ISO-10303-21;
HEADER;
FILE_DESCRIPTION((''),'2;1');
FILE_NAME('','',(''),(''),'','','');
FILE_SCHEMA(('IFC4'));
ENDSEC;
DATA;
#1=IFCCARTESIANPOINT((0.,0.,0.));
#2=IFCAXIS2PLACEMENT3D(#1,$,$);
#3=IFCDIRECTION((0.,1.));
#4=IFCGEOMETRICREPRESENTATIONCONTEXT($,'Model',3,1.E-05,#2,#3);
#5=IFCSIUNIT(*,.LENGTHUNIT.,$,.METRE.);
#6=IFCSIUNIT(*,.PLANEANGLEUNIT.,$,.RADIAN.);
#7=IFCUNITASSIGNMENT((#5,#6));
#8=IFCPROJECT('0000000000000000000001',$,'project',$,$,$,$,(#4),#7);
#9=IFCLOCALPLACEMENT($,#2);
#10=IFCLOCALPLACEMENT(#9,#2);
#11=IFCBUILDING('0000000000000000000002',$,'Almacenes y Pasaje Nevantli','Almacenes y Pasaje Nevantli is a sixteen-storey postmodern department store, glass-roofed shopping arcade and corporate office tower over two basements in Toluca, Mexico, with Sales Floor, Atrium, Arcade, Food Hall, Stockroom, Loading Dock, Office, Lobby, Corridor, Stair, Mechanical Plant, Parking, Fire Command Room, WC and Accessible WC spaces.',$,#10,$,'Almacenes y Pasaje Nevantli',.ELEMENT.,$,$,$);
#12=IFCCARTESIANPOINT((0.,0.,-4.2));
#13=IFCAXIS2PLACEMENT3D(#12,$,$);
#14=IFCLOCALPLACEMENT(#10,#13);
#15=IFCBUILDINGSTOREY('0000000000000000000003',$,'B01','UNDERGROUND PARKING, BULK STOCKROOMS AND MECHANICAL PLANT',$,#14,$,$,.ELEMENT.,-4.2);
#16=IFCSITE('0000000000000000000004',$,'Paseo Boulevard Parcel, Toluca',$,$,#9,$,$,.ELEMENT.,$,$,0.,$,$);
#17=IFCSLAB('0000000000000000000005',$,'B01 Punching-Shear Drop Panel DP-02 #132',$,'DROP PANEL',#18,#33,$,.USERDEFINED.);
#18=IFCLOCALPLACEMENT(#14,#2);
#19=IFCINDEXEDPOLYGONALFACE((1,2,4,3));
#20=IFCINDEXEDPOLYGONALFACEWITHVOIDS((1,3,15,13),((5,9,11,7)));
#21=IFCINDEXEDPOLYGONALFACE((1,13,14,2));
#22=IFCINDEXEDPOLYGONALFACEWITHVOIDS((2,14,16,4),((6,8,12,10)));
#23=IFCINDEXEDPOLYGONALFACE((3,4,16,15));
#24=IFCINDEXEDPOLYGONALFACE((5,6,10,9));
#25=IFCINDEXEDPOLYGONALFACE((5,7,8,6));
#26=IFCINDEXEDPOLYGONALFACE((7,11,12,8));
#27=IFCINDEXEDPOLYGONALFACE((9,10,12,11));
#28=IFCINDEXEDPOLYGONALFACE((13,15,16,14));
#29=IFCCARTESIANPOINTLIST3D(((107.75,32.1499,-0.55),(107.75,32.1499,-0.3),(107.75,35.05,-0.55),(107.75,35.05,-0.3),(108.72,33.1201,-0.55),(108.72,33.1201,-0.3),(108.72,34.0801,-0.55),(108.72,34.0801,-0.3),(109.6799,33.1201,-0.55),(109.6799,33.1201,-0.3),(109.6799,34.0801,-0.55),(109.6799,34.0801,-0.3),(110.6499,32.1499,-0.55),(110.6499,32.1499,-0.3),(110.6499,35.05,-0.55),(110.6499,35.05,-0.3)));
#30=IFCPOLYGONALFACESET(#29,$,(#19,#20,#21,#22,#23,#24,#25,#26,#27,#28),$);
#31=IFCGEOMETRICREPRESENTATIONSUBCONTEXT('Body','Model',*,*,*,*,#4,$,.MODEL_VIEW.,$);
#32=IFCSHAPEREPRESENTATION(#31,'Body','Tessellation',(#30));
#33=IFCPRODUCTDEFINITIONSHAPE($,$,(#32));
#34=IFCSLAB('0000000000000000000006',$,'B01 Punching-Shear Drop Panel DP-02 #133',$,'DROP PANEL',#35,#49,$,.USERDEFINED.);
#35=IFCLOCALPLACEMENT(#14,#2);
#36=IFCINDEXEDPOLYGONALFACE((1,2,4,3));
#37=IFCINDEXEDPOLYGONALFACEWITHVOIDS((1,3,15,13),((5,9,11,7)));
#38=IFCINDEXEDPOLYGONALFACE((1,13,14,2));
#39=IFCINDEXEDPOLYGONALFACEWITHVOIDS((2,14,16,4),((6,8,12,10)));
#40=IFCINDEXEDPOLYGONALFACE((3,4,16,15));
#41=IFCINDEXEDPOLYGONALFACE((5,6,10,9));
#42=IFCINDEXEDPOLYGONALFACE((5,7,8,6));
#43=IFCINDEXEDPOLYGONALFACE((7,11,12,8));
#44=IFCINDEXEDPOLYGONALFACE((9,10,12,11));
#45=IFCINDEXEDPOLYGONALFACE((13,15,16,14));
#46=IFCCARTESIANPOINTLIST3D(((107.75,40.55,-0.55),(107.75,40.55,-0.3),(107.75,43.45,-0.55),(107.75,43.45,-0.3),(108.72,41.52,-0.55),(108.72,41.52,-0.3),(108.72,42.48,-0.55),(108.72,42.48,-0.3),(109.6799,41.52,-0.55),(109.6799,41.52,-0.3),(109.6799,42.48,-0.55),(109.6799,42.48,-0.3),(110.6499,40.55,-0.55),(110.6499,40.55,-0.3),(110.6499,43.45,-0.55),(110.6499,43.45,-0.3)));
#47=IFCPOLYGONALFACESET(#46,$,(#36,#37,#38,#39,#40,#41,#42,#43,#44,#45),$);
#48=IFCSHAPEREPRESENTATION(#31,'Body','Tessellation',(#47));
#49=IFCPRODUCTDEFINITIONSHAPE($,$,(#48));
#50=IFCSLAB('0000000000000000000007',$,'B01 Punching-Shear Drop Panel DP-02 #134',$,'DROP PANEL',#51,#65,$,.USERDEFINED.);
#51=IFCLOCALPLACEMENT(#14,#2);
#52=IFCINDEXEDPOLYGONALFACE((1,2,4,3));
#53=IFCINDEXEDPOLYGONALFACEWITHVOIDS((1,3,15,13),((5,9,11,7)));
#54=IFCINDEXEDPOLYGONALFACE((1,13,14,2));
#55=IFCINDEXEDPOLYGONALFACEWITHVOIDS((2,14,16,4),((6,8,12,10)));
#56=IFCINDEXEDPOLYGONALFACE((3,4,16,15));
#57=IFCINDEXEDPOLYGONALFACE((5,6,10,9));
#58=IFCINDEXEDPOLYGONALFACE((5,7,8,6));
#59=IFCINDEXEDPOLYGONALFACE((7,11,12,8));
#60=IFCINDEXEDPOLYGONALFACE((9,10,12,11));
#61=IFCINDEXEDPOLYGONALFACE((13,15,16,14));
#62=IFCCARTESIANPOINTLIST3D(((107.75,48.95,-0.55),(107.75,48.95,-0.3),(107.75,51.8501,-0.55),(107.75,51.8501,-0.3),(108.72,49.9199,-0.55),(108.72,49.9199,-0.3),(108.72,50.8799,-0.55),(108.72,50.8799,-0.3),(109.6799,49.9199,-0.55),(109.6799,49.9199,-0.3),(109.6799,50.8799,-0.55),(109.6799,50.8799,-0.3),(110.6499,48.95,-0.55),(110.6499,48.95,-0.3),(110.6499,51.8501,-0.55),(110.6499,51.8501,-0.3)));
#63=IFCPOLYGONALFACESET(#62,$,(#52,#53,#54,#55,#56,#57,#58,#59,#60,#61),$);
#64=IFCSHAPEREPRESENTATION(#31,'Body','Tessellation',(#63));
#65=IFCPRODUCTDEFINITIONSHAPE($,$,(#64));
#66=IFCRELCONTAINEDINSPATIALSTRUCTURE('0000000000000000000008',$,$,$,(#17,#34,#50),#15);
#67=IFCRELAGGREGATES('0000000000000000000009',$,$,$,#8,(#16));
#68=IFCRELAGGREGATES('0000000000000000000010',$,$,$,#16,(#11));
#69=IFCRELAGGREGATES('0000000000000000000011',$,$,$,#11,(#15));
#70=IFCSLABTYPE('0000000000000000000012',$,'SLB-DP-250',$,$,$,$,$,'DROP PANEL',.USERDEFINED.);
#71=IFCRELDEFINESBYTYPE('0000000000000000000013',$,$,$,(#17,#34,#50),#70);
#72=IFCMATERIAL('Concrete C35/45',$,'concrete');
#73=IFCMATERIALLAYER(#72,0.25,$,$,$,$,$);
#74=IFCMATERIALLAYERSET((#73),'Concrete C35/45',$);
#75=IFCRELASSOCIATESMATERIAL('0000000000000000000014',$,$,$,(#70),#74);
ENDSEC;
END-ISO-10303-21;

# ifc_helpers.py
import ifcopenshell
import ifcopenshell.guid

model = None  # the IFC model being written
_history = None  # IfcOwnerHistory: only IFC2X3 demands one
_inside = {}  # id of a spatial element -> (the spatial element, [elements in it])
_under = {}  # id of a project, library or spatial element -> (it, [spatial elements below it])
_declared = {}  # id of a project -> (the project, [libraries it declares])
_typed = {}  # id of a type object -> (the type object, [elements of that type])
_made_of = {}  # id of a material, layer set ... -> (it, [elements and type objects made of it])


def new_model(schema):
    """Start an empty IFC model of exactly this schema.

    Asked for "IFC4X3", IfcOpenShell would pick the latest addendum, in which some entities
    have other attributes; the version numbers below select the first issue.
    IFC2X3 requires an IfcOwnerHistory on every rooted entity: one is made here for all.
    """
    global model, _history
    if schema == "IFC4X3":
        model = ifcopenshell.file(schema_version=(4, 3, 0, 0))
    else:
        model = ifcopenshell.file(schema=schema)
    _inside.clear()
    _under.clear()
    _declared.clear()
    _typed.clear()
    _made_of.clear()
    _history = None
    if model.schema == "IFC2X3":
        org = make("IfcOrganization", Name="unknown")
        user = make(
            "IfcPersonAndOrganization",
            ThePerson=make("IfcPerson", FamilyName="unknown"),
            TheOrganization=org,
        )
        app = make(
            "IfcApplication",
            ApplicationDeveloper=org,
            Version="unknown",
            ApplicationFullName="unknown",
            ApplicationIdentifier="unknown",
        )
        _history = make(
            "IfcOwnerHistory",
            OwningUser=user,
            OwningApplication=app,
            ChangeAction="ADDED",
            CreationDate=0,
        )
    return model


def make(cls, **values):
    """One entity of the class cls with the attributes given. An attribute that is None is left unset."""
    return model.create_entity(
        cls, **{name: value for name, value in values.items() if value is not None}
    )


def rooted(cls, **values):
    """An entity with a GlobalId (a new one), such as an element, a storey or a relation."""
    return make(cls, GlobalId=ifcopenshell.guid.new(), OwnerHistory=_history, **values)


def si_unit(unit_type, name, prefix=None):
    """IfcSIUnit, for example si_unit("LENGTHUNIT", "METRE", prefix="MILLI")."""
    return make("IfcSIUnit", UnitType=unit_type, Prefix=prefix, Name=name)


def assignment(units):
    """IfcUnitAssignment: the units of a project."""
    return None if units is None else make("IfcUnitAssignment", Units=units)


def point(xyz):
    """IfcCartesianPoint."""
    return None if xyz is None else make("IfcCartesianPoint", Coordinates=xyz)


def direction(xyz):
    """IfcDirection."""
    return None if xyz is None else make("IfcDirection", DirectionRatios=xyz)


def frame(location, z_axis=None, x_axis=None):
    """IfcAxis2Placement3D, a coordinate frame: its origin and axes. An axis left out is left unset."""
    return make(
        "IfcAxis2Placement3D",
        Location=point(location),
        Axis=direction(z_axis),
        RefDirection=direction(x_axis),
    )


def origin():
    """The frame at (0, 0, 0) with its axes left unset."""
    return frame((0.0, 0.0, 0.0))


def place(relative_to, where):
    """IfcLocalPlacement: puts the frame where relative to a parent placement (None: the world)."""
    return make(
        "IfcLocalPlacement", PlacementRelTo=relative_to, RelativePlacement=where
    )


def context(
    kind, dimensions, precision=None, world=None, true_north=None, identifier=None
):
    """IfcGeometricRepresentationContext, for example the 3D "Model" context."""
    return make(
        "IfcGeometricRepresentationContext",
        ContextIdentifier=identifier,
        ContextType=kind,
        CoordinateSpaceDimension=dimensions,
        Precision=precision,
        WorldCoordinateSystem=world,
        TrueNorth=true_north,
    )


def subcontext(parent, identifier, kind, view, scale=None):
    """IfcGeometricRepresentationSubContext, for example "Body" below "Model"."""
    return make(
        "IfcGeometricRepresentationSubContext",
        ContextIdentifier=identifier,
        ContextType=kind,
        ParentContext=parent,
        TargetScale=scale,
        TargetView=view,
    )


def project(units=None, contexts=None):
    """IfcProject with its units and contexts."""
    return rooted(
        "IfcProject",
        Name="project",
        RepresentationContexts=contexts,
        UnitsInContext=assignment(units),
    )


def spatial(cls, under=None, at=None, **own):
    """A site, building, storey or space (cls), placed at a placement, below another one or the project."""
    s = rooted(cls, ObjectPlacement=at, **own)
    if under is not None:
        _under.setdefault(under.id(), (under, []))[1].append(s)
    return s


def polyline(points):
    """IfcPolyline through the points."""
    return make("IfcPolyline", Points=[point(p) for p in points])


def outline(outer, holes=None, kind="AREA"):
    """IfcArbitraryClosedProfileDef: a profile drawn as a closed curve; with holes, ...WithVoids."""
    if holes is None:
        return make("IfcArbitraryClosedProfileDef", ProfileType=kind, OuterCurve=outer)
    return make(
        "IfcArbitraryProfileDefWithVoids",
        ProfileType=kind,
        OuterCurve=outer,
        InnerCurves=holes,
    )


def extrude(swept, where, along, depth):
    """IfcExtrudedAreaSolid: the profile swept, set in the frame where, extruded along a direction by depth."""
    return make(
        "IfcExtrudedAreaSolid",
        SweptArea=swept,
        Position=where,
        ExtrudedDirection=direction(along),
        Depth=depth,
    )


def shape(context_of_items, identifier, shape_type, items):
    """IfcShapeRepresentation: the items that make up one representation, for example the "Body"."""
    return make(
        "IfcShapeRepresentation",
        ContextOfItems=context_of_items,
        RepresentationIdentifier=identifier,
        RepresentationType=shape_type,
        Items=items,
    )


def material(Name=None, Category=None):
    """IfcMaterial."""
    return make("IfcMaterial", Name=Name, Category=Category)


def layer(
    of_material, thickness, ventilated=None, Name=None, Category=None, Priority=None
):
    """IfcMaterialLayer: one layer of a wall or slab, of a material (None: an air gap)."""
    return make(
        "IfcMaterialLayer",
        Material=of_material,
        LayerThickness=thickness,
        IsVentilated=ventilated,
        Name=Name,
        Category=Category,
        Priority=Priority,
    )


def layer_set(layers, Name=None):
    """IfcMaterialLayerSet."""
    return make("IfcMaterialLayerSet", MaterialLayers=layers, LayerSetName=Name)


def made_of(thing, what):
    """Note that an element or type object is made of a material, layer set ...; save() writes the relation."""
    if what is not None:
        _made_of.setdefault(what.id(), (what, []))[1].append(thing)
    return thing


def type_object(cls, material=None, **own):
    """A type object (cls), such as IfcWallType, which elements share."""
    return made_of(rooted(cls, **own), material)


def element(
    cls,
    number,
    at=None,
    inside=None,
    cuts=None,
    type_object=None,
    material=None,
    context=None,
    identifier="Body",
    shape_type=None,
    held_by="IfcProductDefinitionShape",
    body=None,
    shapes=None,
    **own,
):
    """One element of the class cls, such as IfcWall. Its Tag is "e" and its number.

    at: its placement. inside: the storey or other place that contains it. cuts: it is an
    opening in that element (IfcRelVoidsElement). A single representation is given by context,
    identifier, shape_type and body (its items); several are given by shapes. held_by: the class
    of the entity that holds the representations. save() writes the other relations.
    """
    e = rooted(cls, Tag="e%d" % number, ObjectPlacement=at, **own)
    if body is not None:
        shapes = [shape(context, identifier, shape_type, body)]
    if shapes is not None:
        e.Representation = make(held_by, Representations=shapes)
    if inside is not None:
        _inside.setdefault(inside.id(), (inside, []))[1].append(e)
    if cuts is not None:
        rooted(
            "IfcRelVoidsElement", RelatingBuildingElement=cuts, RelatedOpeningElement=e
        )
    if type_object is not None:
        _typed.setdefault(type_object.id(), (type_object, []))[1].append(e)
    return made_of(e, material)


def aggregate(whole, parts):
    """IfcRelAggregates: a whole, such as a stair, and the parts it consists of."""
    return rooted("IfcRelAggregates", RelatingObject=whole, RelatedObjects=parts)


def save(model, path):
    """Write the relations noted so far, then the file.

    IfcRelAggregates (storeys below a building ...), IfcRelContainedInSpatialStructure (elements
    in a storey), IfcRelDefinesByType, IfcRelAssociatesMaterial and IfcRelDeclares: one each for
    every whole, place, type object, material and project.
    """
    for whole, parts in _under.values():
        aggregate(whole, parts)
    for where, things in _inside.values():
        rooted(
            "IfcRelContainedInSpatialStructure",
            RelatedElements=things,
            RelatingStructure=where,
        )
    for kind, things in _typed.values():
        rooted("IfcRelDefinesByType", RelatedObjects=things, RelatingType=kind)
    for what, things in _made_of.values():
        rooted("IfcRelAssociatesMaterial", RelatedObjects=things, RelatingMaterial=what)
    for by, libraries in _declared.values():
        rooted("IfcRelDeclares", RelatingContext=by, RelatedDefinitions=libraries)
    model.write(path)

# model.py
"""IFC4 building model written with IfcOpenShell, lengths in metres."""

from ifc_helpers import new_model, si_unit, direction, frame, origin, place, context, subcontext, project, spatial, polyline, outline, extrude, material, layer, layer_set, type_object, element, save


model = new_model("IFC4")

# Units and contexts
model_context = context("Model", 3, precision=1e-05, world=origin(), true_north=direction((0.0, 1.0)))
body_context = subcontext(model_context, "Body", "Model", "MODEL_VIEW")
ifc_project = project(units=[si_unit("LENGTHUNIT", "METRE"), si_unit("PLANEANGLEUNIT", "RADIAN")], contexts=[model_context])

# Site, building, storey
site_placement = place(None, origin())
site = spatial("IfcSite", under=ifc_project, at=site_placement, Name="Paseo Boulevard Parcel, Toluca", CompositionType="ELEMENT", RefElevation=0.0)
building_placement = place(site_placement, origin())
building = spatial("IfcBuilding", under=site, at=building_placement, Name="Almacenes y Pasaje Nevantli", Description="Almacenes y Pasaje Nevantli is a sixteen-storey postmodern department store, glass-roofed shopping arcade and corporate office tower over two basements in Toluca, Mexico, with Sales Floor, Atrium, Arcade, Food Hall, Stockroom, Loading Dock, Office, Lobby, Corridor, Stair, Mechanical Plant, Parking, Fire Command Room, WC and Accessible WC spaces.", LongName="Almacenes y Pasaje Nevantli", CompositionType="ELEMENT")
storey_placement = place(building_placement, frame((0.0, 0.0, -4.2)))
storey = spatial("IfcBuildingStorey", under=building, at=storey_placement, Name="B01", Description="UNDERGROUND PARKING, BULK STOCKROOMS AND MECHANICAL PLANT", CompositionType="ELEMENT", Elevation=-4.2)

# Slabs
ifc_material = material(Name="Concrete C35/45", Category="concrete")
ifc_layer = layer(ifc_material, 0.25)
ifc_layer_set = layer_set([ifc_layer], Name="Concrete C35/45")
slab_type = type_object("IfcSlabType", Name="SLB-DP-250", ElementType="DROP PANEL", PredefinedType="USERDEFINED", material=ifc_layer_set)
slab_1_placement = place(storey_placement, frame((0.0, 0.0, -0.55)))
element("IfcSlab", 1, at=slab_1_placement, inside=storey, type_object=slab_type, Name="B01 Punching-Shear Drop Panel DP-02 #132", ObjectType="DROP PANEL", PredefinedType="USERDEFINED", context=body_context, shape_type="SweptSolid", body=[
    extrude(outline(polyline([(107.75, 32.1499), (110.6499, 32.1499), (110.6499, 35.05), (107.75, 35.05), (107.75, 32.1499)]), holes=[polyline([(108.72, 33.1201), (109.6799, 33.1201), (109.6799, 34.0801), (108.72, 34.0801), (108.72, 33.1201)])]), origin(), (0.0, 0.0, 1.0), 0.25),
])
slab_2_placement = place(storey_placement, frame((0.0, 0.0, -0.55)))
element("IfcSlab", 2, at=slab_2_placement, inside=storey, type_object=slab_type, Name="B01 Punching-Shear Drop Panel DP-02 #133", ObjectType="DROP PANEL", PredefinedType="USERDEFINED", context=body_context, shape_type="SweptSolid", body=[
    extrude(outline(polyline([(107.75, 40.55), (110.6499, 40.55), (110.6499, 43.45), (107.75, 43.45), (107.75, 40.55)]), holes=[polyline([(108.72, 41.52), (109.6799, 41.52), (109.6799, 42.48), (108.72, 42.48), (108.72, 41.52)])]), origin(), (0.0, 0.0, 1.0), 0.25),
])
slab_3_placement = place(storey_placement, frame((0.0, 0.0, -0.55)))
element("IfcSlab", 3, at=slab_3_placement, inside=storey, type_object=slab_type, Name="B01 Punching-Shear Drop Panel DP-02 #134", ObjectType="DROP PANEL", PredefinedType="USERDEFINED", context=body_context, shape_type="SweptSolid", body=[
    extrude(outline(polyline([(107.75, 48.95), (110.6499, 48.95), (110.6499, 51.8501), (107.75, 51.8501), (107.75, 48.95)]), holes=[polyline([(108.72, 49.9199), (109.6799, 49.9199), (109.6799, 50.8799), (108.72, 50.8799), (108.72, 49.9199)])]), origin(), (0.0, 0.0, 1.0), 0.25),
])

save(model, "model.ifc")
